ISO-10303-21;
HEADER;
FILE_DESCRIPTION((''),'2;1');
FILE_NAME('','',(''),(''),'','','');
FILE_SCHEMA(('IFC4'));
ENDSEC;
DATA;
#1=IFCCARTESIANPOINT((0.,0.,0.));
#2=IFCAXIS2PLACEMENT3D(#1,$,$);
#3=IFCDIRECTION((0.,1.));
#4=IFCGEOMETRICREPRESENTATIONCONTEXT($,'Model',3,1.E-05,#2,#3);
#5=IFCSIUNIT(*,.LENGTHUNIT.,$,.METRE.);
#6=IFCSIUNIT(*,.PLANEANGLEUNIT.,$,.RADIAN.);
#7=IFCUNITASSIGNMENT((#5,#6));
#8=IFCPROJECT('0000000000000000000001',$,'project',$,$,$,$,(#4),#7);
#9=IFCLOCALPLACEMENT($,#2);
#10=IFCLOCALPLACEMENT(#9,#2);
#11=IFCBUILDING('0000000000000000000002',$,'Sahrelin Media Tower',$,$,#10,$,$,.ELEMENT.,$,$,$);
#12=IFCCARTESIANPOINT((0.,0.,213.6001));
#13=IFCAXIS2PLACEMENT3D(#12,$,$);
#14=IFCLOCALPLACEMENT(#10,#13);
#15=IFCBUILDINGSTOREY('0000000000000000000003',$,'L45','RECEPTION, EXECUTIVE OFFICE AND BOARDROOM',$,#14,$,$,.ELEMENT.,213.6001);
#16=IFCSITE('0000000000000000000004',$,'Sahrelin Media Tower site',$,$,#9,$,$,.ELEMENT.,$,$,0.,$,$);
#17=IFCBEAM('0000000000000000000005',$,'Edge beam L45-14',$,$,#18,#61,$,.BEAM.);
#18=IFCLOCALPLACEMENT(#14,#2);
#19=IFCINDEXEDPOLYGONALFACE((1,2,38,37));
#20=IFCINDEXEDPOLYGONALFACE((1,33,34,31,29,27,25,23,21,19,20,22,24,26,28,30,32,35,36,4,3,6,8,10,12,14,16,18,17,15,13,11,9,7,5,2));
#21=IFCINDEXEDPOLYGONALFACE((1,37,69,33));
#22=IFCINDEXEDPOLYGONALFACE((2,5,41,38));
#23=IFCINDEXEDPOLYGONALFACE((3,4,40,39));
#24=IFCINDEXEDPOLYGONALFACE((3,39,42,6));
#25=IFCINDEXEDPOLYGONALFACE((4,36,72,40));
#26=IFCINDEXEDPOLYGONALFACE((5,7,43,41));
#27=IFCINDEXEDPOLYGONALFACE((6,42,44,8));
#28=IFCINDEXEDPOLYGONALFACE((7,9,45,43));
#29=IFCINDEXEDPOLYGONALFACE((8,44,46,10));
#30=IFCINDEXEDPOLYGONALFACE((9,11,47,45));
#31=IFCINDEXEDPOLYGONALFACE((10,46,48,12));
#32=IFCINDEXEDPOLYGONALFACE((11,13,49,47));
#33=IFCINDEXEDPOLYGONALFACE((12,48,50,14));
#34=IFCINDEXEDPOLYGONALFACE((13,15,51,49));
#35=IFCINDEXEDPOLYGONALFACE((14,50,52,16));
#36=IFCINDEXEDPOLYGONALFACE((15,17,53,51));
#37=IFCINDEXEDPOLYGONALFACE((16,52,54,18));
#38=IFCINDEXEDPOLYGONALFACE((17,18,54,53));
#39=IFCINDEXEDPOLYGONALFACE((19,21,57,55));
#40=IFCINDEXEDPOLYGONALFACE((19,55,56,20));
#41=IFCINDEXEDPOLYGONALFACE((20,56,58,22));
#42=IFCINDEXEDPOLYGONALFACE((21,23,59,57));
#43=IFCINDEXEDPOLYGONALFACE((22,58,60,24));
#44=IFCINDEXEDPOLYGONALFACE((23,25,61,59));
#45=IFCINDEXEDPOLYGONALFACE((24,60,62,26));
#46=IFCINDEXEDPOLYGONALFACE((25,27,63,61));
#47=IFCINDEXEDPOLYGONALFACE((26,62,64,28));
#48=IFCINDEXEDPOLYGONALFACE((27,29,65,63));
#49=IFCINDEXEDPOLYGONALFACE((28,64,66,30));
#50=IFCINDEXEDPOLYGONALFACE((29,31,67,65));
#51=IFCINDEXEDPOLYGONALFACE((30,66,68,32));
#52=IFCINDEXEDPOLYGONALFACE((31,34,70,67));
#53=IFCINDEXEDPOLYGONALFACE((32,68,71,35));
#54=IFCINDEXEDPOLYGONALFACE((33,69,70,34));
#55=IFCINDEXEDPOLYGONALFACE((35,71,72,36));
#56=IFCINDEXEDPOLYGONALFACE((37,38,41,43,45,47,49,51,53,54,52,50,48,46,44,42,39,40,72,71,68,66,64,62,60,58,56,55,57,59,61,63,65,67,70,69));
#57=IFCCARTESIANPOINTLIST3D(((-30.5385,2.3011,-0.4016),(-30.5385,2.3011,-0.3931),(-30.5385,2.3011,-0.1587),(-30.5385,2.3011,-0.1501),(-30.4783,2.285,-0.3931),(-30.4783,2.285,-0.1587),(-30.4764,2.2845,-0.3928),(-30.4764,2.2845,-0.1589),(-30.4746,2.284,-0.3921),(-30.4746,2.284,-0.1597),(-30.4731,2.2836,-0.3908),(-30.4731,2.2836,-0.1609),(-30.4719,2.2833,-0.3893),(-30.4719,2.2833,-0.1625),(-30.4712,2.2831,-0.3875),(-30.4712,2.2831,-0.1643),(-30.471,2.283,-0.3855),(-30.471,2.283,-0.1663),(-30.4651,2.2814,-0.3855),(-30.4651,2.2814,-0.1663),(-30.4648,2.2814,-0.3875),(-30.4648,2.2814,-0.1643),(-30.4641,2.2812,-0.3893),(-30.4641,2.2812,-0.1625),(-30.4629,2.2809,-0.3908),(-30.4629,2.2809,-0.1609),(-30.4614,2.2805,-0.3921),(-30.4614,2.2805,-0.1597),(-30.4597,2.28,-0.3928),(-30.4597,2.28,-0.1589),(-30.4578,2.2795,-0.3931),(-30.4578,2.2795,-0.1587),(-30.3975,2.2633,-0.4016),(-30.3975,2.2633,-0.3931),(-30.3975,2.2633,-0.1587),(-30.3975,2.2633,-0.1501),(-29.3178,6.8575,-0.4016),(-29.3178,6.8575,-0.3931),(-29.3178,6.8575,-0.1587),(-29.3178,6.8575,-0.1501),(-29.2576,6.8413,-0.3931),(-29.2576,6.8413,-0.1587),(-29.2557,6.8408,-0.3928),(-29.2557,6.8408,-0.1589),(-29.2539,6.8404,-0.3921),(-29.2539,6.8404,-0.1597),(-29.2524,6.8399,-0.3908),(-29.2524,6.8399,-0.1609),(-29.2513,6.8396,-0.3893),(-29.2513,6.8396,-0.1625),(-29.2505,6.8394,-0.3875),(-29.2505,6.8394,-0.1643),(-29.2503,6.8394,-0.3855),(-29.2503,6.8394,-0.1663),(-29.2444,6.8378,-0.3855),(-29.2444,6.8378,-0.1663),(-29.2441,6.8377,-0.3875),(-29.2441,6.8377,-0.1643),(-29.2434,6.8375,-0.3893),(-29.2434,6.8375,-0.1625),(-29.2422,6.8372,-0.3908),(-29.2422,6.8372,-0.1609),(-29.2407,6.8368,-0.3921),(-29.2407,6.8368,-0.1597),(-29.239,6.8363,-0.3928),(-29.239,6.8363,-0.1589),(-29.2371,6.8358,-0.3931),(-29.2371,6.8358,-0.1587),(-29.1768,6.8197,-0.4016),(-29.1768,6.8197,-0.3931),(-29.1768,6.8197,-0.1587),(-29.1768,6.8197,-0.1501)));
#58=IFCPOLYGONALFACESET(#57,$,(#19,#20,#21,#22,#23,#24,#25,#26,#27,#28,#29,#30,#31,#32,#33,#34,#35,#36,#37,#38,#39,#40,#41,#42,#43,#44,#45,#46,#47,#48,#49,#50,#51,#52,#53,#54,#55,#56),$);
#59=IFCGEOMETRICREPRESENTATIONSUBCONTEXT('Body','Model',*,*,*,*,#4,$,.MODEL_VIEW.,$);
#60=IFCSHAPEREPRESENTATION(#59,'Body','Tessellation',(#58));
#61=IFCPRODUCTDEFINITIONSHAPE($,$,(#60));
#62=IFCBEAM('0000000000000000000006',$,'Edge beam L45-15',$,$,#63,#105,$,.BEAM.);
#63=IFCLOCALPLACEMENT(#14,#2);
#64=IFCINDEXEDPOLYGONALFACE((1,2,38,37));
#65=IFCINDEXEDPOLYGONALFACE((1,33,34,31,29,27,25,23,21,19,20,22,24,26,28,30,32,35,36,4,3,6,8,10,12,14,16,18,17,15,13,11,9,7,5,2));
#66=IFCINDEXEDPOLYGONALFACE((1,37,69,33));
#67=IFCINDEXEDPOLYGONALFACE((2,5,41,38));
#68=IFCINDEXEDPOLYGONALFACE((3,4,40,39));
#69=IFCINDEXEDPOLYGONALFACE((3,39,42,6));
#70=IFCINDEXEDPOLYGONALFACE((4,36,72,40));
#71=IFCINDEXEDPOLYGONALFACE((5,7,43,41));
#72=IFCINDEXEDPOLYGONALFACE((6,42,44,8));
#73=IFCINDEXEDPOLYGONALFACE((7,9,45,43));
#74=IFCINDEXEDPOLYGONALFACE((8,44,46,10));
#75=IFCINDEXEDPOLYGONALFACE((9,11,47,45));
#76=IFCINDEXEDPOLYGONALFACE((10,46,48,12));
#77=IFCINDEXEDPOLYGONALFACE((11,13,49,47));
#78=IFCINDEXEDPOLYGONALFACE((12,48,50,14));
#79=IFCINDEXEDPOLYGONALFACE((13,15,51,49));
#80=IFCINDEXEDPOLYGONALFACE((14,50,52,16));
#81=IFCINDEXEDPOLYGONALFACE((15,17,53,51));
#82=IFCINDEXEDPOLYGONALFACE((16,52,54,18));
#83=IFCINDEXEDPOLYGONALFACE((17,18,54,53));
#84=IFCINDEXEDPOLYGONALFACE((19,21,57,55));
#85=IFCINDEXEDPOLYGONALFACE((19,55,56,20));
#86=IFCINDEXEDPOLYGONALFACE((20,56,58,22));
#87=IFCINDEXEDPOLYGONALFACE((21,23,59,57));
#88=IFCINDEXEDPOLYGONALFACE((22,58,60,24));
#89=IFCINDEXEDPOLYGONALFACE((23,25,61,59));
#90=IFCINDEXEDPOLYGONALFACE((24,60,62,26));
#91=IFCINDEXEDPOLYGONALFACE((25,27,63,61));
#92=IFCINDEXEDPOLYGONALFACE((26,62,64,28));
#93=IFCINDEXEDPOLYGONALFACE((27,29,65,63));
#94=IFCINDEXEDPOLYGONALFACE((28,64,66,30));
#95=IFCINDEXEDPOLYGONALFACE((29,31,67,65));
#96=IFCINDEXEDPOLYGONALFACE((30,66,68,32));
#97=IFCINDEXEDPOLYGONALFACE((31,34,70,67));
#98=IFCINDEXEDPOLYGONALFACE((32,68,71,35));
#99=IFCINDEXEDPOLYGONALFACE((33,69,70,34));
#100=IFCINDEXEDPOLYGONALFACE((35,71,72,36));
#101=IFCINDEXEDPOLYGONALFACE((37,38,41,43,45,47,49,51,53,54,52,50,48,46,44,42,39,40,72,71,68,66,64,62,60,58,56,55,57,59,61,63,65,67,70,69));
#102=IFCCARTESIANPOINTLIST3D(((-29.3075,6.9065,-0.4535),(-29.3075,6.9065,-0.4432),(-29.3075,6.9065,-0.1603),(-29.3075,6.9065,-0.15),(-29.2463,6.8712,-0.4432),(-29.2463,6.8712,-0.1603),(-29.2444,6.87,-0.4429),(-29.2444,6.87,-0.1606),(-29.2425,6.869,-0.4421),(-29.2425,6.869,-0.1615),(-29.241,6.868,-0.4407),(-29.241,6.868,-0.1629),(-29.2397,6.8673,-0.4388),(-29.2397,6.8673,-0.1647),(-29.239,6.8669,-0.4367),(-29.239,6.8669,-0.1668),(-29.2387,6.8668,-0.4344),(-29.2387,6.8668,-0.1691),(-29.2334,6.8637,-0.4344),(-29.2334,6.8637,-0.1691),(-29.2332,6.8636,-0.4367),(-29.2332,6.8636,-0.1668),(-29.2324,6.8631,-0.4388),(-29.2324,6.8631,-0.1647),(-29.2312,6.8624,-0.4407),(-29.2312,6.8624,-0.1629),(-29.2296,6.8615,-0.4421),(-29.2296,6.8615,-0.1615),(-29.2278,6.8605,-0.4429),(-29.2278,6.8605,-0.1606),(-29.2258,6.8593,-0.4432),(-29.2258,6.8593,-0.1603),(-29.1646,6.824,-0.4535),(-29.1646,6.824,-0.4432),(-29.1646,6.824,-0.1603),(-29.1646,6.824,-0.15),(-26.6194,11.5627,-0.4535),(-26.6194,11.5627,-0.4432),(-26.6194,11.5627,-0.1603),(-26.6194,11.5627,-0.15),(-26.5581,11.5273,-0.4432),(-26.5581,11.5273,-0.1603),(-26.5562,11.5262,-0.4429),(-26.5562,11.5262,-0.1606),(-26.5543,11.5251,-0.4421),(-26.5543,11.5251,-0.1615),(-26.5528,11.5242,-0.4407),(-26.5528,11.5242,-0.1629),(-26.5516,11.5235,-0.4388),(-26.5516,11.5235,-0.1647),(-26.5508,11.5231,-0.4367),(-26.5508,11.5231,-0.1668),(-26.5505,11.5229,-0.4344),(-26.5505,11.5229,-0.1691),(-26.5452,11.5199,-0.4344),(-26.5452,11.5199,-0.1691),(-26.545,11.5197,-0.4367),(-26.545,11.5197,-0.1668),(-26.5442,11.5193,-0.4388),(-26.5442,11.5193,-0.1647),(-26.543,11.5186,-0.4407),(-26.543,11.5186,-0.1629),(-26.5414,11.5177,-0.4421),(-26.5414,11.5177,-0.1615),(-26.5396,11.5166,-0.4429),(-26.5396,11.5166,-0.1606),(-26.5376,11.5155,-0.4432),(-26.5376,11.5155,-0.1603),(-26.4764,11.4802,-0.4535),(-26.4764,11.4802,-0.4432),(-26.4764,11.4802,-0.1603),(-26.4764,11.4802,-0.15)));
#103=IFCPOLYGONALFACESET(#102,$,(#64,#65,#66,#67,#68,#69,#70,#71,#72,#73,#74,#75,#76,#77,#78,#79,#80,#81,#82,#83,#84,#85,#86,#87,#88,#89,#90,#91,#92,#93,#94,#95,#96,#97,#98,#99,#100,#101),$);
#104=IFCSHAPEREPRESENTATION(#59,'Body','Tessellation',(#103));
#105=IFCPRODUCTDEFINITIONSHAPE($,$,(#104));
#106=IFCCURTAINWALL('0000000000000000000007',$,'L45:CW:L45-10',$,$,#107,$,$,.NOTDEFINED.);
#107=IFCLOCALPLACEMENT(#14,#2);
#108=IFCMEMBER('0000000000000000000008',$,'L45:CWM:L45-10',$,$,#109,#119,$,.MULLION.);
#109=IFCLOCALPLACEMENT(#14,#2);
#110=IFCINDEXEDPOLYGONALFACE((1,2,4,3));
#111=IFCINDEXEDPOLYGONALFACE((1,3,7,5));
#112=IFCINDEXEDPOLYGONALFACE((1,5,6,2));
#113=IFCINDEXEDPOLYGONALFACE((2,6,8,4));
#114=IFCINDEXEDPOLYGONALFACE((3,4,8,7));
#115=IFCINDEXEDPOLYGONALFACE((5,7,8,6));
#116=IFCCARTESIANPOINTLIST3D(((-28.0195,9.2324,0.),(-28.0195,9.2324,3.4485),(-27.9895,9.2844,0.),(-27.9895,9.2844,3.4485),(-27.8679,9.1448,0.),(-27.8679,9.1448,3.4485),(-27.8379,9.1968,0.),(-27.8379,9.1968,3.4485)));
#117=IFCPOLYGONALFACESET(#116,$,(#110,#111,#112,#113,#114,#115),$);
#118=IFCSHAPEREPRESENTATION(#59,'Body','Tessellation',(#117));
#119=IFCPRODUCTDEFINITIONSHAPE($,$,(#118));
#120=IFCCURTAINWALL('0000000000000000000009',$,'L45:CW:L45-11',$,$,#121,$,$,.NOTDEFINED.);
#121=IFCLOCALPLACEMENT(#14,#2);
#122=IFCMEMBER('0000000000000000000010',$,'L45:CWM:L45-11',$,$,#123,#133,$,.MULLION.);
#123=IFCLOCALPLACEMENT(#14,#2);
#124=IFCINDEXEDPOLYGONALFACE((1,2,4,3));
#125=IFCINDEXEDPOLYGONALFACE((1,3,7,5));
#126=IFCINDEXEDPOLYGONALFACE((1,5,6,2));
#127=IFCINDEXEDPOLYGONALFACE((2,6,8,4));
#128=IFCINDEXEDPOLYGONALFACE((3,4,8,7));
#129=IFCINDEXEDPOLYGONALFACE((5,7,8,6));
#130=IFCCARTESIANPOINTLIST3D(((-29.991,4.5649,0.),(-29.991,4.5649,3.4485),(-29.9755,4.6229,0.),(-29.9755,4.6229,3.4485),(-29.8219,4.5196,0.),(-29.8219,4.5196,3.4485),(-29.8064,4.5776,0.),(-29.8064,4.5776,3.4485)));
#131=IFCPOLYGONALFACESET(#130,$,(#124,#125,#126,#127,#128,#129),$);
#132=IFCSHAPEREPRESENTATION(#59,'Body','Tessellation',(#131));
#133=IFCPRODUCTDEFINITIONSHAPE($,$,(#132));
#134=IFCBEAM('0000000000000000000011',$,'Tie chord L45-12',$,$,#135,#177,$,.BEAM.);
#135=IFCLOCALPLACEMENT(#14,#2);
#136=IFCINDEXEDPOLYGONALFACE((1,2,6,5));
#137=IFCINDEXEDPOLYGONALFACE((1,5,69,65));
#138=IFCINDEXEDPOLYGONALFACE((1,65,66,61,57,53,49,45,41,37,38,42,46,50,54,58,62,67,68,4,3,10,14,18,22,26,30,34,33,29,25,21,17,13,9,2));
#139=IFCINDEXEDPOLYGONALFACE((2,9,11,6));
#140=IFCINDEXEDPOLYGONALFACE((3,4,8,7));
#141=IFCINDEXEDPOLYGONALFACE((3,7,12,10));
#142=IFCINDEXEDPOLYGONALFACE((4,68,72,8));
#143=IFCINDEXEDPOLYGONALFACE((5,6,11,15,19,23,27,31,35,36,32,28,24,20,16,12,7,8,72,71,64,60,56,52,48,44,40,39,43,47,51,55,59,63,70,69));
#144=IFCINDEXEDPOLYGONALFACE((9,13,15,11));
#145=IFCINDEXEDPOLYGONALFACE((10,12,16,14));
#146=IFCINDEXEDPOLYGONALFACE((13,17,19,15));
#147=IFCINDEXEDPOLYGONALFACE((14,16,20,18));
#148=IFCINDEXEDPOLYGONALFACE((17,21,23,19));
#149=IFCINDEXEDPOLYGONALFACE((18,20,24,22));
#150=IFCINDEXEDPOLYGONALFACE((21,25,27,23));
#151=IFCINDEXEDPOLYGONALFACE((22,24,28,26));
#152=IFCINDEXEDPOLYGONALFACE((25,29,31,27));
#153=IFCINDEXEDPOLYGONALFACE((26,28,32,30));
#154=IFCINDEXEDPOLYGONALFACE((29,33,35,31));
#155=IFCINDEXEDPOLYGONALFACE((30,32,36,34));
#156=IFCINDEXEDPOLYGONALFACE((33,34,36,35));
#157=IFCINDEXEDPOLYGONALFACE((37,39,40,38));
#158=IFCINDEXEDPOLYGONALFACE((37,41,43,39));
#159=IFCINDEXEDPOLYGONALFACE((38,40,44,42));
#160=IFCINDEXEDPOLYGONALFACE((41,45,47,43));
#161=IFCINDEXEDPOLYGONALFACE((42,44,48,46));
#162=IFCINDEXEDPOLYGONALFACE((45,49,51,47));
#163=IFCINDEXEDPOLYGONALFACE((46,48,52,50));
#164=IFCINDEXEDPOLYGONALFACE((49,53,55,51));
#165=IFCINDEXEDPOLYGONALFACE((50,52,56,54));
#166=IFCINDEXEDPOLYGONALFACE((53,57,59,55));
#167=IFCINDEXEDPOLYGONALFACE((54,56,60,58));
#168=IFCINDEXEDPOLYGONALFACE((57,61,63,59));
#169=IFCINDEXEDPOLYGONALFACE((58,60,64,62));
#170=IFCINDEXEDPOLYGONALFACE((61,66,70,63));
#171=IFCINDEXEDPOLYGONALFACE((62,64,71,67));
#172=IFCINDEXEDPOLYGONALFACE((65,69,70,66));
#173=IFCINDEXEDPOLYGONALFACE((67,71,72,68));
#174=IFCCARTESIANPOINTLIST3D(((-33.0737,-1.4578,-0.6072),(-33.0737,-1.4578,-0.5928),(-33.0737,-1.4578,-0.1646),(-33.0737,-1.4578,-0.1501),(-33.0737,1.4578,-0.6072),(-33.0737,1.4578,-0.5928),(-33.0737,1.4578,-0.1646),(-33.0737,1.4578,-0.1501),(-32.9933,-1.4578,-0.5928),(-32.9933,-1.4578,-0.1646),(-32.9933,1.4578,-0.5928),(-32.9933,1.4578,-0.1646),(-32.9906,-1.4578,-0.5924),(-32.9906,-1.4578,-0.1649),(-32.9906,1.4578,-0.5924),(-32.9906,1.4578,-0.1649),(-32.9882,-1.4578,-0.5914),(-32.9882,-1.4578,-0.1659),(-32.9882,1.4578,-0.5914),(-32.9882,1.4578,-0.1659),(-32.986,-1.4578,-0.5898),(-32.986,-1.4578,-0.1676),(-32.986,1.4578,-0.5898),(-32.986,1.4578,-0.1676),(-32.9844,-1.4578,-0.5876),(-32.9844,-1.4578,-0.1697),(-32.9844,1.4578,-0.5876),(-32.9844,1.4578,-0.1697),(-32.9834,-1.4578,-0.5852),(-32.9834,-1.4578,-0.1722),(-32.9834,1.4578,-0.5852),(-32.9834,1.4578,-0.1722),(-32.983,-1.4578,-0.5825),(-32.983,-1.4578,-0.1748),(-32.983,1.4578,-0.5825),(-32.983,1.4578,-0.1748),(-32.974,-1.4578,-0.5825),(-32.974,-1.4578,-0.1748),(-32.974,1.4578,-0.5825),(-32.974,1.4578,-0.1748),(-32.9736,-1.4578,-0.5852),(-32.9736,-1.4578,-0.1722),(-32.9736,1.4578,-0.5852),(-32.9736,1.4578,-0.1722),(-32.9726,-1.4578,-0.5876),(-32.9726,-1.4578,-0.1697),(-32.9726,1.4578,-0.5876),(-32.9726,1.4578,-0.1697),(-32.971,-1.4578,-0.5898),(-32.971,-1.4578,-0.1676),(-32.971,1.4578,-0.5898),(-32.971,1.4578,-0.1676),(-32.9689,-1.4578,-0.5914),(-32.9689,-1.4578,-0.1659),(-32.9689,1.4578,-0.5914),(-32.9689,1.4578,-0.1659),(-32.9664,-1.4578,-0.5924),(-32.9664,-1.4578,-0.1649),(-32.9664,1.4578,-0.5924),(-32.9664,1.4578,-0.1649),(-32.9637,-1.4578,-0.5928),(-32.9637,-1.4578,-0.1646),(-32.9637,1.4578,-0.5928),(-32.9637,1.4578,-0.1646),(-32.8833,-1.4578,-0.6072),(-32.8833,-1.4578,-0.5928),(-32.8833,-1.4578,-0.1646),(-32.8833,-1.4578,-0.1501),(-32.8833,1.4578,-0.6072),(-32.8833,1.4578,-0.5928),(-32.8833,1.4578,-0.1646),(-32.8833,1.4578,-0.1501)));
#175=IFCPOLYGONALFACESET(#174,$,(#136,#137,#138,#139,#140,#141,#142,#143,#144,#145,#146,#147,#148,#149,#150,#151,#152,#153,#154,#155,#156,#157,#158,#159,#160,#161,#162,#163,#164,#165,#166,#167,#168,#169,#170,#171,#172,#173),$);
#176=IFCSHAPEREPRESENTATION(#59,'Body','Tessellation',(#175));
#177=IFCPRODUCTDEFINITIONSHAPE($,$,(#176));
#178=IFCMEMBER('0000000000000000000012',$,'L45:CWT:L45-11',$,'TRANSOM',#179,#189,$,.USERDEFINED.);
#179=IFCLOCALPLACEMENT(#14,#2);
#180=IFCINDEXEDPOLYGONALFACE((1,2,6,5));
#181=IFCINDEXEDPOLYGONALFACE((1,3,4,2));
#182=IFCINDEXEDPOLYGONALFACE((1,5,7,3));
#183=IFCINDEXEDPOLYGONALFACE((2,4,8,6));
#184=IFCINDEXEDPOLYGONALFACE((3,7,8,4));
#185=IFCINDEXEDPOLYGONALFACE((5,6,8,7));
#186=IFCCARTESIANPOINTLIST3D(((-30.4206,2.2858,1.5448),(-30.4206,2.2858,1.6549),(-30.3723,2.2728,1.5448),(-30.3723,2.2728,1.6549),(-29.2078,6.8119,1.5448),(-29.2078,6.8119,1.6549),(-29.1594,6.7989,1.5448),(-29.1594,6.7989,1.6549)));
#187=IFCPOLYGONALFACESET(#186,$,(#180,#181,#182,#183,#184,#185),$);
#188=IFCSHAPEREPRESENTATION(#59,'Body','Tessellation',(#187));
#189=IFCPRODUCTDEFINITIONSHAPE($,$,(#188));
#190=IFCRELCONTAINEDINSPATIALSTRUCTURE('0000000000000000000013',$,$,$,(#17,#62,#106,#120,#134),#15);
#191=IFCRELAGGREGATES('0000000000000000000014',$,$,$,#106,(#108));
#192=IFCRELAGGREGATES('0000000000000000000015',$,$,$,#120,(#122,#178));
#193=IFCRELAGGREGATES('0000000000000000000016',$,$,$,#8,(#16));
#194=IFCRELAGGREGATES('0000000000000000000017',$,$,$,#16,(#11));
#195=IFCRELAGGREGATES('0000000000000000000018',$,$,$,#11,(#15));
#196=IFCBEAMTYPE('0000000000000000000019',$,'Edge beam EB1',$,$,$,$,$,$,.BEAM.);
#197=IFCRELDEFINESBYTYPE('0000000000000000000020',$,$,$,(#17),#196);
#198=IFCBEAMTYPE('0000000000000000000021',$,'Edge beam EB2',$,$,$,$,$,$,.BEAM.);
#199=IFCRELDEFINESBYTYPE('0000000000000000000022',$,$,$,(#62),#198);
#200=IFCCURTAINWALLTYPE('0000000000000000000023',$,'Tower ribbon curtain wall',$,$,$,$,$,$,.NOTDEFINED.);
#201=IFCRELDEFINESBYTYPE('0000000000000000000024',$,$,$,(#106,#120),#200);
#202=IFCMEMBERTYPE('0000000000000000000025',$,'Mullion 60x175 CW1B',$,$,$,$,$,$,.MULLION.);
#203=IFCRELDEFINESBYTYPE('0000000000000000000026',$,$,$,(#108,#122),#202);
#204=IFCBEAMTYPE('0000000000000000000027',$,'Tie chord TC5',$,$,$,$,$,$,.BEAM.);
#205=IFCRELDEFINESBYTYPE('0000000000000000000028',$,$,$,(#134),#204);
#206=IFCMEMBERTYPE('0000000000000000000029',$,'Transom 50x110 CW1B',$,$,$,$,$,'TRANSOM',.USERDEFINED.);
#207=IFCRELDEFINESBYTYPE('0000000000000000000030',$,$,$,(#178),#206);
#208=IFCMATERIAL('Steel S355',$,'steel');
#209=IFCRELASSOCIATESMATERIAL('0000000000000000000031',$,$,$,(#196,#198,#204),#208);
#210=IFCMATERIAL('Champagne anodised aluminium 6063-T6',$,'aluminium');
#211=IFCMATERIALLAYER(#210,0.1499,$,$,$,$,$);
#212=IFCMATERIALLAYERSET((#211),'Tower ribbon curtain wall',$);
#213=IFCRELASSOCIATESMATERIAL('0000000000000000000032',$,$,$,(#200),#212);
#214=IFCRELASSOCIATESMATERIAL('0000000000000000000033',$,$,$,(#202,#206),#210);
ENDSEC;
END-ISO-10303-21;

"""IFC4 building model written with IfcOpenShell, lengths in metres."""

from ifc_helpers import new_model, si_unit, direction, frame, origin, origin_2d, place, context, subcontext, project, spatial, rectangle, i_section, extrude, material, layer, layer_set, material_profile, profile_set, type_object, element, aggregate, save


model = new_model("IFC4")

# Units and contexts
model_context = context("Model", 3, precision=1e-05, world=origin(), true_north=direction((0.0, 1.0)))
body_context = subcontext(model_context, "Body", "Model", "MODEL_VIEW")
ifc_project = project(units=[si_unit("LENGTHUNIT", "METRE"), si_unit("PLANEANGLEUNIT", "RADIAN")], contexts=[model_context])

# Site, building, storey
site_placement = place(None, origin())
site = spatial("IfcSite", under=ifc_project, at=site_placement, Name="Sahrelin Media Tower site", CompositionType="ELEMENT", RefElevation=0.0)
building_placement = place(site_placement, origin())
building = spatial("IfcBuilding", under=site, at=building_placement, Name="Sahrelin Media Tower", CompositionType="ELEMENT")
storey_placement = place(building_placement, frame((0.0, 0.0, 213.6001)))
storey = spatial("IfcBuildingStorey", under=building, at=storey_placement, Name="L45", Description="RECEPTION, EXECUTIVE OFFICE AND BOARDROOM", CompositionType="ELEMENT", Elevation=213.6001)

# Beams
ifc_material_1 = material(Name="Steel S355", Category="steel")
ifc_material_profile_1 = material_profile(ifc_material_1, i_section(OverallWidth=0.146, OverallDepth=0.2515, WebThickness=0.0061, FlangeThickness=0.0085, FilletRadius=0.0076, at=origin_2d()), Name="UB 254x146x31")
ifc_profile_set_1 = profile_set([ifc_material_profile_1], Name="Steel S355")
beam_type_1 = type_object("IfcBeamType", Name="Edge beam EB1", PredefinedType="BEAM", material=ifc_profile_set_1)
beam_1_placement = place(storey_placement, frame((-30.468, 2.2822, -0.2759), z_axis=(0.258784, 0.965935, 0.0), x_axis=(-0.965935, 0.258784, 0.0)))
element("IfcBeam", 1, at=beam_1_placement, inside=storey, type_object=beam_type_1, Name="Edge beam L45-14", PredefinedType="BEAM", context=body_context, shape_type="SweptSolid", body=[
    extrude(i_section(OverallWidth=0.146, OverallDepth=0.2515, WebThickness=0.0061, FlangeThickness=0.0085, FilletRadius=0.0076, at=origin_2d()), origin(), (0.0, 0.0, 1.0), 4.717),
])
ifc_material_profile_2 = material_profile(ifc_material_1, i_section(OverallWidth=0.165, OverallDepth=0.3035, WebThickness=0.0061, FlangeThickness=0.0103, FilletRadius=0.0088, at=origin_2d()), Name="UB 305x165x40")
ifc_profile_set_2 = profile_set([ifc_material_profile_2], Name="Steel S355")
beam_type_2 = type_object("IfcBeamType", Name="Edge beam EB2", PredefinedType="BEAM", material=ifc_profile_set_2)
beam_2_placement = place(storey_placement, frame((-29.2361, 6.8652, -0.3018), z_axis=(0.499992, 0.86603, 0.0), x_axis=(-0.86603, 0.499992, 0.0)))
element("IfcBeam", 2, at=beam_2_placement, inside=storey, type_object=beam_type_2, Name="Edge beam L45-15", PredefinedType="BEAM", context=body_context, shape_type="SweptSolid", body=[
    extrude(i_section(OverallWidth=0.165, OverallDepth=0.3035, WebThickness=0.0061, FlangeThickness=0.0103, FilletRadius=0.0088, at=origin_2d()), origin(), (0.0, 0.0, 1.0), 5.3765),
])

# Curtain walls, members
ifc_material_2 = material(Name="Champagne anodised aluminium 6063-T6", Category="aluminium")
ifc_layer_1 = layer(ifc_material_2, 0.1499)
ifc_layer_set_1 = layer_set([ifc_layer_1], Name="Tower ribbon curtain wall")
curtain_wall_type = type_object("IfcCurtainWallType", Name="Tower ribbon curtain wall", PredefinedType="NOTDEFINED", material=ifc_layer_set_1)
curtain_wall_1_placement = place(storey_placement, frame((-28.022, 9.2683, 0.0), z_axis=(0.0, 0.0, 1.0), x_axis=(1.0, 0.0, 0.0)))
curtain_wall_1 = element("IfcCurtainWall", 3, at=curtain_wall_1_placement, inside=storey, type_object=curtain_wall_type, Name="L45:CW:L45-10", PredefinedType="NOTDEFINED")
ifc_material_profile_3 = material_profile(ifc_material_2, rectangle(XDim=0.0601, YDim=0.175, at=origin_2d()), Name="Mullion 60x175")
ifc_profile_set_3 = profile_set([ifc_material_profile_3], Name="Champagne anodised aluminium 6063-T6")
member_type_1 = type_object("IfcMemberType", Name="Mullion 60x175 CW1B", PredefinedType="MULLION", material=ifc_profile_set_3)
member_1_placement = place(storey_placement, frame((-27.9287, 9.2146, 0.0), z_axis=(0.0, 0.0, 1.0), x_axis=(-0.499998, -0.866026, 0.0)))
member_1 = element("IfcMember", 4, at=member_1_placement, type_object=member_type_1, Name="L45:CWM:L45-10", PredefinedType="MULLION", context=body_context, shape_type="SweptSolid", body=[
    extrude(rectangle(XDim=0.0601, YDim=0.175, at=origin_2d()), origin(), (0.0, 0.0, 1.0), 3.4485),
])
aggregate(curtain_wall_1, [member_1])
curtain_wall_2_placement = place(storey_placement, frame((-30.0024, 4.5991, 0.0), z_axis=(0.0, 0.0, 1.0), x_axis=(1.0, 0.0, 0.0)))
curtain_wall_2 = element("IfcCurtainWall", 5, at=curtain_wall_2_placement, inside=storey, type_object=curtain_wall_type, Name="L45:CW:L45-11", PredefinedType="NOTDEFINED")
member_2_placement = place(storey_placement, frame((-29.8987, 4.5713, 0.0), z_axis=(0.0, 0.0, 1.0), x_axis=(-0.258821, -0.965925, 0.0)))
member_2 = element("IfcMember", 6, at=member_2_placement, type_object=member_type_1, Name="L45:CWM:L45-11", PredefinedType="MULLION", context=body_context, shape_type="SweptSolid", body=[
    extrude(rectangle(XDim=0.0601, YDim=0.175, at=origin_2d()), origin(), (0.0, 0.0, 1.0), 3.4485),
])

# Beam
ifc_material_profile_4 = material_profile(ifc_material_1, i_section(OverallWidth=0.1904, OverallDepth=0.457, WebThickness=0.009, FlangeThickness=0.0144, FilletRadius=0.0103, at=origin_2d()), Name="UB 457x191x74")
ifc_profile_set_4 = profile_set([ifc_material_profile_4], Name="Steel S355")
beam_type_3 = type_object("IfcBeamType", Name="Tie chord TC5", PredefinedType="BEAM", material=ifc_profile_set_4)
beam_3_placement = place(storey_placement, frame((-32.9785, 1.4578, -0.3787), z_axis=(0.0, -1.0, 0.0), x_axis=(1.0, 0.0, 0.0)))
element("IfcBeam", 7, at=beam_3_placement, inside=storey, type_object=beam_type_3, Name="Tie chord L45-12", PredefinedType="BEAM", context=body_context, shape_type="SweptSolid", body=[
    extrude(i_section(OverallWidth=0.1904, OverallDepth=0.457, WebThickness=0.009, FlangeThickness=0.0144, FilletRadius=0.0103, at=origin_2d()), origin(), (0.0, 0.0, 1.0), 2.9155),
])

# Member
ifc_material_profile_5 = material_profile(ifc_material_2, rectangle(XDim=0.05, YDim=0.1101, at=origin_2d()), Name="Transom 50x110")
ifc_profile_set_5 = profile_set([ifc_material_profile_5], Name="Champagne anodised aluminium 6063-T6")
member_type_2 = type_object("IfcMemberType", Name="Transom 50x110 CW1B", ElementType="TRANSOM", PredefinedType="USERDEFINED", material=ifc_profile_set_5)
member_3_placement = place(storey_placement, frame((-29.1836, 6.8054, 1.5999), z_axis=(-0.258843, -0.965919, 0.0), x_axis=(0.965919, -0.258843, 0.0)))
member_3 = element("IfcMember", 8, at=member_3_placement, type_object=member_type_2, Name="L45:CWT:L45-11", ObjectType="TRANSOM", PredefinedType="USERDEFINED", context=body_context, shape_type="SweptSolid", body=[
    extrude(rectangle(XDim=0.05, YDim=0.1101, at=origin_2d()), origin(), (0.0, 0.0, 1.0), 4.6858),
])

aggregate(curtain_wall_2, [member_2, member_3])

save(model, "model.ifc")
